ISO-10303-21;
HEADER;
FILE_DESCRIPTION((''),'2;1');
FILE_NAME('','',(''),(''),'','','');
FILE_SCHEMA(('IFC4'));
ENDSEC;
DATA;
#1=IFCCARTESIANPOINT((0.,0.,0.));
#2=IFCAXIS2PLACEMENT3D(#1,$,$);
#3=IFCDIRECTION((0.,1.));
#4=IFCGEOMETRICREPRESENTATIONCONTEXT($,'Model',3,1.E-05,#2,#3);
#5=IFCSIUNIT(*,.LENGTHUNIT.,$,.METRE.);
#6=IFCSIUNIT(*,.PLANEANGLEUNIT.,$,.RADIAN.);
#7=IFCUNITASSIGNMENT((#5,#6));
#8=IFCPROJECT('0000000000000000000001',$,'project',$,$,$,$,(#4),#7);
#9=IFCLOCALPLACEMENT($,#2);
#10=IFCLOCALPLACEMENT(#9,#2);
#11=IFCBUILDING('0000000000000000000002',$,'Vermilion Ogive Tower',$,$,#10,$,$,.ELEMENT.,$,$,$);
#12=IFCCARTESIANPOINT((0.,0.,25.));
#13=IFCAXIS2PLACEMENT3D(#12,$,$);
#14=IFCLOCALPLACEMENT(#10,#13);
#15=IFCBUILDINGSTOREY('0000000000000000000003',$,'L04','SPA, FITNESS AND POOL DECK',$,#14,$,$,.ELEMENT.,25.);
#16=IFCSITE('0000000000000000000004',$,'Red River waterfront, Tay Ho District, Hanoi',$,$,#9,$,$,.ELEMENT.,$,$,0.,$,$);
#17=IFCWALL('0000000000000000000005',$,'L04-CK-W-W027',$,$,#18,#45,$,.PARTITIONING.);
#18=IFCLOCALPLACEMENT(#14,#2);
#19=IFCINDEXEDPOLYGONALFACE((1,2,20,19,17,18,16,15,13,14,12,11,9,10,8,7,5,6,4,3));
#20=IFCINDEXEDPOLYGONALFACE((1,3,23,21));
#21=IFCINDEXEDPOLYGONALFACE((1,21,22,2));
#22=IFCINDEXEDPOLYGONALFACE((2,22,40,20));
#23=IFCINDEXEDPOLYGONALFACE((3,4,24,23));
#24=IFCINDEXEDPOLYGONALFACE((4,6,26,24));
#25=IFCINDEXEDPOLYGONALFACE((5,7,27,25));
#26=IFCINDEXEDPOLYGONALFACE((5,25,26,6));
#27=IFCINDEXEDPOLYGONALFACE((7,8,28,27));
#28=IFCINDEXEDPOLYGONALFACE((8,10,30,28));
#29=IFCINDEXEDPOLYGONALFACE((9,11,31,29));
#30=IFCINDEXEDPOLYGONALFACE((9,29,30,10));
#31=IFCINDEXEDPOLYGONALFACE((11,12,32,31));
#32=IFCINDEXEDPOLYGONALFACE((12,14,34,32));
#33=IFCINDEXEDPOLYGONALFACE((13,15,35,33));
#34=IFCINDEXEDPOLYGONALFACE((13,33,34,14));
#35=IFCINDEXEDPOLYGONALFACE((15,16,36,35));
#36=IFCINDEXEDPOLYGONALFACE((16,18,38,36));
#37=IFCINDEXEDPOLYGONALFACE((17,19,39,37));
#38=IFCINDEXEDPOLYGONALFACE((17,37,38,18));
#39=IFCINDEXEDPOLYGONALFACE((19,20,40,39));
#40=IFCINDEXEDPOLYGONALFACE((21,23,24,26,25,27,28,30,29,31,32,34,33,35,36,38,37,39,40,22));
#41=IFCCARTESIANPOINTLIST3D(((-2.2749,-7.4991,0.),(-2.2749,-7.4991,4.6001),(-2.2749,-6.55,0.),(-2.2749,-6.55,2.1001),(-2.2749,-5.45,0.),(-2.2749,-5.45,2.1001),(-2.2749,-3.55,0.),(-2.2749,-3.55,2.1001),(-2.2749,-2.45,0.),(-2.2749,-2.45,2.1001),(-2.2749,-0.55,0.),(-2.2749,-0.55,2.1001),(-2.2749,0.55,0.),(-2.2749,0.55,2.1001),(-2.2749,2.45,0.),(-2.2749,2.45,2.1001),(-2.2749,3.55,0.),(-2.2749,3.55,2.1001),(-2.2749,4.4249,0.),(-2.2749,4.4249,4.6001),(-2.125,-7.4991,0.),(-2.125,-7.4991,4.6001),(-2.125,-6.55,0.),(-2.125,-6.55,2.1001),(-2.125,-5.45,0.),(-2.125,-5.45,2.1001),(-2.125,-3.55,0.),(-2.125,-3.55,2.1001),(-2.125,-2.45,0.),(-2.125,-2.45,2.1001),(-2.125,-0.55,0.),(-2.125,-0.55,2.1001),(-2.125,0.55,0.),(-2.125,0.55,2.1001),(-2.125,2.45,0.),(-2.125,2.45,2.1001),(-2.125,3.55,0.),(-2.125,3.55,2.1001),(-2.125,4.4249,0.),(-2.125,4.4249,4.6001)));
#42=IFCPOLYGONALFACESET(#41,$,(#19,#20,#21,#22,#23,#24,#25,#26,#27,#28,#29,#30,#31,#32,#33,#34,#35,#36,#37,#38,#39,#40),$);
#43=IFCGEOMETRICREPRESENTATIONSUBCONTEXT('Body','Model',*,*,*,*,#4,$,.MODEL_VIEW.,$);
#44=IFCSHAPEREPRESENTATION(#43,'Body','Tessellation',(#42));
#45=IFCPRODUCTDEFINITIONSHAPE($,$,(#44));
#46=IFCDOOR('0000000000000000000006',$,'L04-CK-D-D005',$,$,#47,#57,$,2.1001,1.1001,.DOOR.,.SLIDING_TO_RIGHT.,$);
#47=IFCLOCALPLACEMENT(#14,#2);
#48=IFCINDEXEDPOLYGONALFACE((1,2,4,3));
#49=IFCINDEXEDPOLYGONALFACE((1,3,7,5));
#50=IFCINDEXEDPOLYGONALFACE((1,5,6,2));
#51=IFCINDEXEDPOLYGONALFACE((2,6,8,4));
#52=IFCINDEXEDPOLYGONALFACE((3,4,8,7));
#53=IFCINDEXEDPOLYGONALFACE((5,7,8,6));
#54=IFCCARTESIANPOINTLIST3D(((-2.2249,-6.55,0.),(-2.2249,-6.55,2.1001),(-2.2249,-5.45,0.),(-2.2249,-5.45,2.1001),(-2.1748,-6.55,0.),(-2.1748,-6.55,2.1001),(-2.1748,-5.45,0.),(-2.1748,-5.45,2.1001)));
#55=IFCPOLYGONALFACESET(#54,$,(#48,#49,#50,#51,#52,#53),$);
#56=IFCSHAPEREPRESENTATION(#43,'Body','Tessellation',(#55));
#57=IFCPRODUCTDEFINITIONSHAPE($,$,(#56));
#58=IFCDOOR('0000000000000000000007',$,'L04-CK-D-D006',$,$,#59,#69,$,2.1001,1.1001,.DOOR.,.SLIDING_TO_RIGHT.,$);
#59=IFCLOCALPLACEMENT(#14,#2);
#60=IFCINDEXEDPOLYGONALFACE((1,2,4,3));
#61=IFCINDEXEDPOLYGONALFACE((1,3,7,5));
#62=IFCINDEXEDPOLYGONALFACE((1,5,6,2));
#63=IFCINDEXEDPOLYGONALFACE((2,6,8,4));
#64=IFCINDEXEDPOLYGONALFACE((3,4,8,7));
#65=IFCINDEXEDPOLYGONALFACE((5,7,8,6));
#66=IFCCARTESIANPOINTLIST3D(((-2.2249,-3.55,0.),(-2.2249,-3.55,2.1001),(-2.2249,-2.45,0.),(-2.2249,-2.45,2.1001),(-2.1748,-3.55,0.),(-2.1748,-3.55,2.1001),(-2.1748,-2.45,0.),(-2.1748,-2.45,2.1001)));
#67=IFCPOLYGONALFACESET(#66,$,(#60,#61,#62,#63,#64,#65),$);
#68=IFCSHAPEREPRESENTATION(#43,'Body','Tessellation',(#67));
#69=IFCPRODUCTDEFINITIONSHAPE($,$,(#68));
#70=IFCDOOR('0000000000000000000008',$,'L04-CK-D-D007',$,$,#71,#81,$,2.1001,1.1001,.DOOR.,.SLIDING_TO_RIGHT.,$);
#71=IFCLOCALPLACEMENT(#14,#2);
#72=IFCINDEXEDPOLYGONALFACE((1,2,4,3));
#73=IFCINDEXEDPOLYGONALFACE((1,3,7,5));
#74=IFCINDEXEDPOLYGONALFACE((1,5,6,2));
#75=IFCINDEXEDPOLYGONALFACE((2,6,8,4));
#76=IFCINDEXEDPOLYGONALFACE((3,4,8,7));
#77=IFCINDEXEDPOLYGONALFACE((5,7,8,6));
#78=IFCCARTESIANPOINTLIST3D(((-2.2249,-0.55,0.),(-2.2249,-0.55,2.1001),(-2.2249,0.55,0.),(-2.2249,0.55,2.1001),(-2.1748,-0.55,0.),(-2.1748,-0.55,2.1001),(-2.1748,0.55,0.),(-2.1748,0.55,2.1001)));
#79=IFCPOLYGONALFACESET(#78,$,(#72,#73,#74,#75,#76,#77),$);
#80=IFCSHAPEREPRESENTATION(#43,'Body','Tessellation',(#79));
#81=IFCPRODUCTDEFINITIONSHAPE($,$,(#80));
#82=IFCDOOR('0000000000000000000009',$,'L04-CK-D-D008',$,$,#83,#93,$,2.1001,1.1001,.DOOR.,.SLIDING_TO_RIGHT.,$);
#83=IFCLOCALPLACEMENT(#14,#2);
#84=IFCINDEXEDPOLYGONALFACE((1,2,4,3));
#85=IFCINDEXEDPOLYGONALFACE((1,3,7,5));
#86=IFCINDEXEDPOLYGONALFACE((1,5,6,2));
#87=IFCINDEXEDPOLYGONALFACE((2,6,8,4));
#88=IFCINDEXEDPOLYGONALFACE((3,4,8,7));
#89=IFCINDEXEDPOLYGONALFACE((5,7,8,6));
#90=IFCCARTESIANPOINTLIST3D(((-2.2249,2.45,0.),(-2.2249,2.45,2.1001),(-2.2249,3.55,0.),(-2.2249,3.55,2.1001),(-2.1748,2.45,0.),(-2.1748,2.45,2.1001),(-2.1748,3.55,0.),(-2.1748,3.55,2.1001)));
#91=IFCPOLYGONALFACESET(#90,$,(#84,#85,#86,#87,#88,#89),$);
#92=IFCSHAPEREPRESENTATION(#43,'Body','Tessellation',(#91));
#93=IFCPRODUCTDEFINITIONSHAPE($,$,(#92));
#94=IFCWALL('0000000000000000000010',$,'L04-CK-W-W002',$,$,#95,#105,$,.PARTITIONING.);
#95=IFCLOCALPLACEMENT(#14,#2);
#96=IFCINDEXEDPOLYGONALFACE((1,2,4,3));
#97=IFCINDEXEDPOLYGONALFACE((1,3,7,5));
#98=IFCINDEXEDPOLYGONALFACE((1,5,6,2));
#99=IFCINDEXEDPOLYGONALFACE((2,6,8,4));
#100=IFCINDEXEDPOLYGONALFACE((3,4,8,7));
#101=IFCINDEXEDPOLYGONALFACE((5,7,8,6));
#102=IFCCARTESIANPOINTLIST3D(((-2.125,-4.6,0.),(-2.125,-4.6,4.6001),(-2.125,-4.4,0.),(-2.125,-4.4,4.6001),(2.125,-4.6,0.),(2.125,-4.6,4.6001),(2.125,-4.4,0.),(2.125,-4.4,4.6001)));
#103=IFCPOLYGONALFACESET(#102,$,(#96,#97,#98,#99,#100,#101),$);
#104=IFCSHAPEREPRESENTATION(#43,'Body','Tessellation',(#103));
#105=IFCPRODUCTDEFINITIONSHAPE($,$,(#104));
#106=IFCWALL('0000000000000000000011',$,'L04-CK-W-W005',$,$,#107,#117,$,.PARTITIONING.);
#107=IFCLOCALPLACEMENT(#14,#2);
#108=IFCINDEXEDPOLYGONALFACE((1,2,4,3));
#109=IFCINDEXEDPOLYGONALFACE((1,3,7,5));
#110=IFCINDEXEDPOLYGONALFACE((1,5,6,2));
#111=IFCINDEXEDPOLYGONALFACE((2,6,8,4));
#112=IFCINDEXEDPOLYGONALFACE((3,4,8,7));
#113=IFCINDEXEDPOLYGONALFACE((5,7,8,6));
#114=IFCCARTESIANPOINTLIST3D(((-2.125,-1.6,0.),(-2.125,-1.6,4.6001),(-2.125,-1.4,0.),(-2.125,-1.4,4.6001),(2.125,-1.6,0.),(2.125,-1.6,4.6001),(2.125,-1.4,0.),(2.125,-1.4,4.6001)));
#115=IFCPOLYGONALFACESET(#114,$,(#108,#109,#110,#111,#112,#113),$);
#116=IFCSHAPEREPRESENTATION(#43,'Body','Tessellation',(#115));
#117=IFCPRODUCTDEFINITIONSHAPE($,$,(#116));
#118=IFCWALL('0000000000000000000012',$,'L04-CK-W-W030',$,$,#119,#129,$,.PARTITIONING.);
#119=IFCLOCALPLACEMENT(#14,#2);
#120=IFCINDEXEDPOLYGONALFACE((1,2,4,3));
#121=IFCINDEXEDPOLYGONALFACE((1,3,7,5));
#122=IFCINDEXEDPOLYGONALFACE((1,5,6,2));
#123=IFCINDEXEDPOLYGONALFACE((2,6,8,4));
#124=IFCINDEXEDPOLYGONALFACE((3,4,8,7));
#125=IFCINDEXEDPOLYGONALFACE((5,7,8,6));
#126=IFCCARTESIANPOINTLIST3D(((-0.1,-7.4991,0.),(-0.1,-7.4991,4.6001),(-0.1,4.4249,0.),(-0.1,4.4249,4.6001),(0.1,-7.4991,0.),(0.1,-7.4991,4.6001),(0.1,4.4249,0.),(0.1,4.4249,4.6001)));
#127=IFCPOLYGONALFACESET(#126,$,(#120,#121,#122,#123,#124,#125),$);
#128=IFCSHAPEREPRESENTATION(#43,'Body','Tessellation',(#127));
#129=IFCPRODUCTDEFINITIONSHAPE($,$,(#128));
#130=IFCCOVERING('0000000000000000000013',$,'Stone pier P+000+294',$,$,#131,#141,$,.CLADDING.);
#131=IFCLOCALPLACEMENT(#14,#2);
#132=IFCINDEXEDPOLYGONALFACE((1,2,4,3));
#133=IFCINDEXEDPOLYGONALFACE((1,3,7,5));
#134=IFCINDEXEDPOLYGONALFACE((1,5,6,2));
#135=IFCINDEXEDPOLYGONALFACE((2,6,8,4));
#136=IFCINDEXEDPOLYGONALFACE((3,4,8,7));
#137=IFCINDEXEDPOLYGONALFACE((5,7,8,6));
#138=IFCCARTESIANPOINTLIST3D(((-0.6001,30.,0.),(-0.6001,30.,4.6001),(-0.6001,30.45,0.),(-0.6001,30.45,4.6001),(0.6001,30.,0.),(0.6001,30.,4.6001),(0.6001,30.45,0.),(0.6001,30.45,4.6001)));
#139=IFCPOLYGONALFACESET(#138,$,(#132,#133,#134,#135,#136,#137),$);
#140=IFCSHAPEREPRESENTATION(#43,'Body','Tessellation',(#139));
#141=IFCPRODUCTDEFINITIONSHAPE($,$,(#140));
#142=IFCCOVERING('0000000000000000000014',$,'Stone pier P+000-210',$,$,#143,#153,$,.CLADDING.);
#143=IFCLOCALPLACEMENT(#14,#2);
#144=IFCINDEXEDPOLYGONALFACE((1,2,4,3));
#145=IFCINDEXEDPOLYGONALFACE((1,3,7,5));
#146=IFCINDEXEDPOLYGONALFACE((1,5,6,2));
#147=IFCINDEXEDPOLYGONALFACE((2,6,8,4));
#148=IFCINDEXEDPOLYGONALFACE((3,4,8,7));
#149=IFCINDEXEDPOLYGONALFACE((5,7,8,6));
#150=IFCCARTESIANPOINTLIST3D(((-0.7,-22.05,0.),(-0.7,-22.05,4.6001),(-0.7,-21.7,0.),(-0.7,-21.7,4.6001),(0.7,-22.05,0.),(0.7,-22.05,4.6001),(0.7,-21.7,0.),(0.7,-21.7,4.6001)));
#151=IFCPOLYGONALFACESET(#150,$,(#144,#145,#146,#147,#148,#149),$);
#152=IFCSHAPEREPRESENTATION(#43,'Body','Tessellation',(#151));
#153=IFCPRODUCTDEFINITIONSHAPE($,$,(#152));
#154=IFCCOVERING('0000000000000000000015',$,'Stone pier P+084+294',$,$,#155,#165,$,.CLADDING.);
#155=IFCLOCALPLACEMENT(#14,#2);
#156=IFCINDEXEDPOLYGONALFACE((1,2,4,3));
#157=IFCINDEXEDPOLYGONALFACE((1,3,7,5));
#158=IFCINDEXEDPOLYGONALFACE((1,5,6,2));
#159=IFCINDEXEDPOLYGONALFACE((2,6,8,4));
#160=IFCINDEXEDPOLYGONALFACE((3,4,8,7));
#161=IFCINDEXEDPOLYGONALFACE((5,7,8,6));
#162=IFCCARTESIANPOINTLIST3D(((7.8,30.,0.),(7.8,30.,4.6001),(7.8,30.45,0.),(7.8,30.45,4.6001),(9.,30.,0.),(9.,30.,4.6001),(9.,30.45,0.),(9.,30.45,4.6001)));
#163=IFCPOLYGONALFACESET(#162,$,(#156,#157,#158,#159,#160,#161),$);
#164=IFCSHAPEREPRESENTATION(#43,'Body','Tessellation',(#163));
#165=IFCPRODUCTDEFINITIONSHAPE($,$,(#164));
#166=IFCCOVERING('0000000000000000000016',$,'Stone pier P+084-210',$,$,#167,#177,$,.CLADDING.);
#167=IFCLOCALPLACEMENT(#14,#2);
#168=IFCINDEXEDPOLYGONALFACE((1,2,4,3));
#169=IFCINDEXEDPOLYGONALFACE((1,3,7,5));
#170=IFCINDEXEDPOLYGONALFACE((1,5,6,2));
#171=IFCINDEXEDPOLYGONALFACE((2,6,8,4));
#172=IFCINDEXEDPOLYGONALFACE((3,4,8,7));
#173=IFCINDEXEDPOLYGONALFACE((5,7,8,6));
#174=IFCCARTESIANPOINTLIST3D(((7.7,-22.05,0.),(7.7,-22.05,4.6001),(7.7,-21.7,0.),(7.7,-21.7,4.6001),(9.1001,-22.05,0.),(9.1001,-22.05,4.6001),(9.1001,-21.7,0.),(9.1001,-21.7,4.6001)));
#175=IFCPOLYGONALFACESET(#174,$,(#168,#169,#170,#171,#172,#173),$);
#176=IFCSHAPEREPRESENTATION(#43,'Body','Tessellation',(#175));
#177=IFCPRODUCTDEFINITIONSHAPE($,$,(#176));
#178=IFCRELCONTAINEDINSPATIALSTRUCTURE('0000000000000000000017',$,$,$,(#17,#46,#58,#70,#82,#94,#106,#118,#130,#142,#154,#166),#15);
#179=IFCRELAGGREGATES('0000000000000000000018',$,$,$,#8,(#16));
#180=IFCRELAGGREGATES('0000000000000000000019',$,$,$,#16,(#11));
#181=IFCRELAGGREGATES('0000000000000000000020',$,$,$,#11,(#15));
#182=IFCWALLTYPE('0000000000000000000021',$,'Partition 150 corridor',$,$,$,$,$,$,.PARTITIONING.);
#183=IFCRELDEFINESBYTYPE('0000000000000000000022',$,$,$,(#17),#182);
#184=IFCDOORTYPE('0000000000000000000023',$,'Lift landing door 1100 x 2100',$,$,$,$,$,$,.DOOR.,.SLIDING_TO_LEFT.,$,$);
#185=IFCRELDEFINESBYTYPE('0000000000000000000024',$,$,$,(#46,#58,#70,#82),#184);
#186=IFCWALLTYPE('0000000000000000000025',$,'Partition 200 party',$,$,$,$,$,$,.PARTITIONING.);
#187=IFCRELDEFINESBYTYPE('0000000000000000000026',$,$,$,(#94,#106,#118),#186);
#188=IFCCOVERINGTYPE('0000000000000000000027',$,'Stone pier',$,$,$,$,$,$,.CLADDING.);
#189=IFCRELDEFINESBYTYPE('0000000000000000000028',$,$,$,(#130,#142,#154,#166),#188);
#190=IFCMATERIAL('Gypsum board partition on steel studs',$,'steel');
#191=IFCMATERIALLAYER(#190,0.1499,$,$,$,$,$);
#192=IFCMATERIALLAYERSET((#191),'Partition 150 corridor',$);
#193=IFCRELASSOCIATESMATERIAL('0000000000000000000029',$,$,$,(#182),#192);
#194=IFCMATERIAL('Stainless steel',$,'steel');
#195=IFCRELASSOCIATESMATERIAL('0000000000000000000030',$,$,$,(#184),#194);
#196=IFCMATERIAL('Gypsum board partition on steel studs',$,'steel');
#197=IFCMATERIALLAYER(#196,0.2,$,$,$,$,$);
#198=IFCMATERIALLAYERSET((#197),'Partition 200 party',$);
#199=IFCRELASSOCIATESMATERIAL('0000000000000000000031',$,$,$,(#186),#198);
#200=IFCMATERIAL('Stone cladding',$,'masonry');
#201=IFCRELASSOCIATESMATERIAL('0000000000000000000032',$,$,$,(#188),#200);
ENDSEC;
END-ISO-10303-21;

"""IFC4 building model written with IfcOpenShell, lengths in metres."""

from ifc_helpers import new_model, si_unit, direction, frame, frame_2d, origin, place, context, subcontext, project, spatial, polyline, rectangle, outline, extrude, material, layer, layer_set, type_object, element, fill, save


model = new_model("IFC4")

# Units and contexts
model_context = context("Model", 3, precision=1e-05, world=origin(), true_north=direction((0.0, 1.0)))
body_context = subcontext(model_context, "Body", "Model", "MODEL_VIEW")
ifc_project = project(units=[si_unit("LENGTHUNIT", "METRE"), si_unit("PLANEANGLEUNIT", "RADIAN")], contexts=[model_context])

# Site, building, storey
site_placement = place(None, origin())
site = spatial("IfcSite", under=ifc_project, at=site_placement, Name="Red River waterfront, Tay Ho District, Hanoi", CompositionType="ELEMENT", RefElevation=0.0)
building_placement = place(site_placement, origin())
building = spatial("IfcBuilding", under=site, at=building_placement, Name="Vermilion Ogive Tower", CompositionType="ELEMENT")
storey_placement = place(building_placement, frame((0.0, 0.0, 25.0)))
storey = spatial("IfcBuildingStorey", under=building, at=storey_placement, Name="L04", Description="SPA, FITNESS AND POOL DECK", CompositionType="ELEMENT", Elevation=25.0)

# Wall, openings, doors
ifc_material_1 = material(Name="Gypsum board partition on steel studs", Category="steel")
ifc_layer_1 = layer(ifc_material_1, 0.1499)
ifc_layer_set_1 = layer_set([ifc_layer_1], Name="Partition 150 corridor")
wall_type_1 = type_object("IfcWallType", Name="Partition 150 corridor", PredefinedType="PARTITIONING", material=ifc_layer_set_1)
ifc_material_2 = material(Name="Stainless steel", Category="steel")
door_type = type_object("IfcDoorType", Name="Lift landing door 1100 x 2100", OperationType="SLIDING_TO_LEFT", PredefinedType="DOOR", material=ifc_material_2)
wall_1_placement = place(storey_placement, frame((-2.2, -7.499, 0.0), z_axis=(0.0, 0.0, 1.0), x_axis=(0.0, 1.0, 0.0)))
wall_1 = element("IfcWall", 1, at=wall_1_placement, inside=storey, type_object=wall_type_1, Name="L04-CK-W-W027", PredefinedType="PARTITIONING", context=body_context, shape_type="SweptSolid", body=[
    extrude(rectangle(XDim=11.9241, YDim=0.1499, at=frame_2d((5.9619, 0.0))), origin(), (0.0, 0.0, 1.0), 4.6001),
])
opening_1_placement = place(wall_1_placement, frame((0.949, 0.0, 0.0)))
opening_1 = element("IfcOpeningElement", 2, at=opening_1_placement, cuts=wall_1, PredefinedType="OPENING", context=body_context, shape_type="SweptSolid", body=[
    extrude(rectangle(XDim=1.1001, YDim=2.1001, at=frame_2d((0.55, 1.05))), frame((0.0, 0.085, 0.0), z_axis=(0.0, -1.0, 0.0), x_axis=(1.0, 0.0, 0.0)), (0.0, 0.0, 1.0), 0.1699),
])
opening_2_placement = place(wall_1_placement, frame((3.949, 0.0, 0.0)))
opening_2 = element("IfcOpeningElement", 3, at=opening_2_placement, cuts=wall_1, PredefinedType="OPENING", context=body_context, shape_type="SweptSolid", body=[
    extrude(rectangle(XDim=1.1001, YDim=2.1001, at=frame_2d((0.55, 1.05))), frame((0.0, 0.085, 0.0), z_axis=(0.0, -1.0, 0.0), x_axis=(1.0, 0.0, 0.0)), (0.0, 0.0, 1.0), 0.1699),
])
opening_3_placement = place(wall_1_placement, frame((6.949, 0.0, 0.0)))
opening_3 = element("IfcOpeningElement", 4, at=opening_3_placement, cuts=wall_1, PredefinedType="OPENING", context=body_context, shape_type="SweptSolid", body=[
    extrude(rectangle(XDim=1.1001, YDim=2.1001, at=frame_2d((0.55, 1.05))), frame((0.0, 0.085, 0.0), z_axis=(0.0, -1.0, 0.0), x_axis=(1.0, 0.0, 0.0)), (0.0, 0.0, 1.0), 0.1699),
])
opening_4_placement = place(wall_1_placement, frame((9.949, 0.0, 0.0)))
opening_4 = element("IfcOpeningElement", 5, at=opening_4_placement, cuts=wall_1, PredefinedType="OPENING", context=body_context, shape_type="SweptSolid", body=[
    extrude(rectangle(XDim=1.1001, YDim=2.1001, at=frame_2d((0.55, 1.05))), frame((0.0, 0.085, 0.0), z_axis=(0.0, -1.0, 0.0), x_axis=(1.0, 0.0, 0.0)), (0.0, 0.0, 1.0), 0.1699),
])
door_1_placement = place(opening_1_placement, origin())
door_1 = element("IfcDoor", 6, at=door_1_placement, inside=storey, type_object=door_type, Name="L04-CK-D-D005", OperationType="SLIDING_TO_RIGHT", OverallHeight=2.1001, OverallWidth=1.1001, PredefinedType="DOOR", context=body_context, shape_type="SweptSolid", body=[
    extrude(rectangle(XDim=1.1001, YDim=2.1001, at=frame_2d((0.55, 1.05))), frame((0.0, 0.0249, 0.0), z_axis=(0.0, -1.0, 0.0), x_axis=(1.0, 0.0, 0.0)), (0.0, 0.0, 1.0), 0.05),
])
fill(opening_1, door_1)
door_2_placement = place(opening_2_placement, origin())
door_2 = element("IfcDoor", 7, at=door_2_placement, inside=storey, type_object=door_type, Name="L04-CK-D-D006", OperationType="SLIDING_TO_RIGHT", OverallHeight=2.1001, OverallWidth=1.1001, PredefinedType="DOOR", context=body_context, shape_type="SweptSolid", body=[
    extrude(rectangle(XDim=1.1001, YDim=2.1001, at=frame_2d((0.55, 1.05))), frame((0.0, 0.0249, 0.0), z_axis=(0.0, -1.0, 0.0), x_axis=(1.0, 0.0, 0.0)), (0.0, 0.0, 1.0), 0.05),
])
fill(opening_2, door_2)
door_3_placement = place(opening_3_placement, origin())
door_3 = element("IfcDoor", 8, at=door_3_placement, inside=storey, type_object=door_type, Name="L04-CK-D-D007", OperationType="SLIDING_TO_RIGHT", OverallHeight=2.1001, OverallWidth=1.1001, PredefinedType="DOOR", context=body_context, shape_type="SweptSolid", body=[
    extrude(rectangle(XDim=1.1001, YDim=2.1001, at=frame_2d((0.55, 1.05))), frame((0.0, 0.0249, 0.0), z_axis=(0.0, -1.0, 0.0), x_axis=(1.0, 0.0, 0.0)), (0.0, 0.0, 1.0), 0.05),
])
fill(opening_3, door_3)
door_4_placement = place(opening_4_placement, origin())
door_4 = element("IfcDoor", 9, at=door_4_placement, inside=storey, type_object=door_type, Name="L04-CK-D-D008", OperationType="SLIDING_TO_RIGHT", OverallHeight=2.1001, OverallWidth=1.1001, PredefinedType="DOOR", context=body_context, shape_type="SweptSolid", body=[
    extrude(rectangle(XDim=1.1001, YDim=2.1001, at=frame_2d((0.55, 1.05))), frame((0.0, 0.0249, 0.0), z_axis=(0.0, -1.0, 0.0), x_axis=(1.0, 0.0, 0.0)), (0.0, 0.0, 1.0), 0.05),
])
fill(opening_4, door_4)

# Walls
ifc_material_3 = material(Name="Gypsum board partition on steel studs", Category="steel")
ifc_layer_2 = layer(ifc_material_3, 0.2)
ifc_layer_set_2 = layer_set([ifc_layer_2], Name="Partition 200 party")
wall_type_2 = type_object("IfcWallType", Name="Partition 200 party", PredefinedType="PARTITIONING", material=ifc_layer_set_2)
for number, where, z_axis, x_axis, name in (
    (10, (-2.125, -4.5, 0.0), (0.0, 0.0, 1.0), (1.0, 0.0, 0.0), "L04-CK-W-W002"),
    (11, (-2.125, -1.5, 0.0), (0.0, 0.0, 1.0), (1.0, 0.0, 0.0), "L04-CK-W-W005"),
):
    element("IfcWall", number, at=place(storey_placement, frame(where, z_axis=z_axis, x_axis=x_axis)), inside=storey, type_object=wall_type_2, Name=name, PredefinedType="PARTITIONING", context=body_context, shape_type="SweptSolid", body=[
        extrude(rectangle(XDim=4.25, YDim=0.2, at=frame_2d((2.125, 0.0))), origin(), (0.0, 0.0, 1.0), 4.6001),
    ])
wall_2_placement = place(storey_placement, frame((0.0, -7.499, 0.0), z_axis=(0.0, 0.0, 1.0), x_axis=(0.0, 1.0, 0.0)))
element("IfcWall", 12, at=wall_2_placement, inside=storey, type_object=wall_type_2, Name="L04-CK-W-W030", PredefinedType="PARTITIONING", context=body_context, shape_type="SweptSolid", body=[
    extrude(rectangle(XDim=11.9241, YDim=0.2, at=frame_2d((5.9619, 0.0))), origin(), (0.0, 0.0, 1.0), 4.6001),
])

# Coverings
ifc_material_4 = material(Name="Stone cladding", Category="masonry")
covering_type = type_object("IfcCoveringType", Name="Stone pier", PredefinedType="CLADDING", material=ifc_material_4)
covering_1_placement = place(storey_placement, origin())
element("IfcCovering", 13, at=covering_1_placement, inside=storey, type_object=covering_type, Name="Stone pier P+000+294", PredefinedType="CLADDING", context=body_context, shape_type="SweptSolid", body=[
    extrude(outline(polyline([(-0.6001, 30.0), (-0.6001, 30.0), (-0.6001, 30.45), (0.6001, 30.45), (0.6001, 30.0), (0.6001, 30.0), (-0.6001, 30.0)])), origin(), (0.0, 0.0, 1.0), 4.6001),
])
covering_2_placement = place(storey_placement, origin())
element("IfcCovering", 14, at=covering_2_placement, inside=storey, type_object=covering_type, Name="Stone pier P+000-210", PredefinedType="CLADDING", context=body_context, shape_type="SweptSolid", body=[
    extrude(outline(polyline([(0.7, -22.05), (-0.7, -22.05), (-0.7, -21.7), (0.7, -21.7), (0.7, -22.05)])), origin(), (0.0, 0.0, 1.0), 4.6001),
])
covering_3_placement = place(storey_placement, origin())
element("IfcCovering", 15, at=covering_3_placement, inside=storey, type_object=covering_type, Name="Stone pier P+084+294", PredefinedType="CLADDING", context=body_context, shape_type="SweptSolid", body=[
    extrude(outline(polyline([(7.8, 30.0), (7.8, 30.45), (9.0, 30.45), (9.0, 30.0), (7.8, 30.0), (7.8, 30.0)])), origin(), (0.0, 0.0, 1.0), 4.6001),
])
covering_4_placement = place(storey_placement, origin())
element("IfcCovering", 16, at=covering_4_placement, inside=storey, type_object=covering_type, Name="Stone pier P+084-210", PredefinedType="CLADDING", context=body_context, shape_type="SweptSolid", body=[
    extrude(outline(polyline([(9.1001, -21.7), (9.1001, -21.7), (9.1001, -22.05), (7.7, -22.05), (7.7, -21.7), (7.7, -21.7), (9.1001, -21.7)])), origin(), (0.0, 0.0, 1.0), 4.6001),
])

save(model, "model.ifc")
